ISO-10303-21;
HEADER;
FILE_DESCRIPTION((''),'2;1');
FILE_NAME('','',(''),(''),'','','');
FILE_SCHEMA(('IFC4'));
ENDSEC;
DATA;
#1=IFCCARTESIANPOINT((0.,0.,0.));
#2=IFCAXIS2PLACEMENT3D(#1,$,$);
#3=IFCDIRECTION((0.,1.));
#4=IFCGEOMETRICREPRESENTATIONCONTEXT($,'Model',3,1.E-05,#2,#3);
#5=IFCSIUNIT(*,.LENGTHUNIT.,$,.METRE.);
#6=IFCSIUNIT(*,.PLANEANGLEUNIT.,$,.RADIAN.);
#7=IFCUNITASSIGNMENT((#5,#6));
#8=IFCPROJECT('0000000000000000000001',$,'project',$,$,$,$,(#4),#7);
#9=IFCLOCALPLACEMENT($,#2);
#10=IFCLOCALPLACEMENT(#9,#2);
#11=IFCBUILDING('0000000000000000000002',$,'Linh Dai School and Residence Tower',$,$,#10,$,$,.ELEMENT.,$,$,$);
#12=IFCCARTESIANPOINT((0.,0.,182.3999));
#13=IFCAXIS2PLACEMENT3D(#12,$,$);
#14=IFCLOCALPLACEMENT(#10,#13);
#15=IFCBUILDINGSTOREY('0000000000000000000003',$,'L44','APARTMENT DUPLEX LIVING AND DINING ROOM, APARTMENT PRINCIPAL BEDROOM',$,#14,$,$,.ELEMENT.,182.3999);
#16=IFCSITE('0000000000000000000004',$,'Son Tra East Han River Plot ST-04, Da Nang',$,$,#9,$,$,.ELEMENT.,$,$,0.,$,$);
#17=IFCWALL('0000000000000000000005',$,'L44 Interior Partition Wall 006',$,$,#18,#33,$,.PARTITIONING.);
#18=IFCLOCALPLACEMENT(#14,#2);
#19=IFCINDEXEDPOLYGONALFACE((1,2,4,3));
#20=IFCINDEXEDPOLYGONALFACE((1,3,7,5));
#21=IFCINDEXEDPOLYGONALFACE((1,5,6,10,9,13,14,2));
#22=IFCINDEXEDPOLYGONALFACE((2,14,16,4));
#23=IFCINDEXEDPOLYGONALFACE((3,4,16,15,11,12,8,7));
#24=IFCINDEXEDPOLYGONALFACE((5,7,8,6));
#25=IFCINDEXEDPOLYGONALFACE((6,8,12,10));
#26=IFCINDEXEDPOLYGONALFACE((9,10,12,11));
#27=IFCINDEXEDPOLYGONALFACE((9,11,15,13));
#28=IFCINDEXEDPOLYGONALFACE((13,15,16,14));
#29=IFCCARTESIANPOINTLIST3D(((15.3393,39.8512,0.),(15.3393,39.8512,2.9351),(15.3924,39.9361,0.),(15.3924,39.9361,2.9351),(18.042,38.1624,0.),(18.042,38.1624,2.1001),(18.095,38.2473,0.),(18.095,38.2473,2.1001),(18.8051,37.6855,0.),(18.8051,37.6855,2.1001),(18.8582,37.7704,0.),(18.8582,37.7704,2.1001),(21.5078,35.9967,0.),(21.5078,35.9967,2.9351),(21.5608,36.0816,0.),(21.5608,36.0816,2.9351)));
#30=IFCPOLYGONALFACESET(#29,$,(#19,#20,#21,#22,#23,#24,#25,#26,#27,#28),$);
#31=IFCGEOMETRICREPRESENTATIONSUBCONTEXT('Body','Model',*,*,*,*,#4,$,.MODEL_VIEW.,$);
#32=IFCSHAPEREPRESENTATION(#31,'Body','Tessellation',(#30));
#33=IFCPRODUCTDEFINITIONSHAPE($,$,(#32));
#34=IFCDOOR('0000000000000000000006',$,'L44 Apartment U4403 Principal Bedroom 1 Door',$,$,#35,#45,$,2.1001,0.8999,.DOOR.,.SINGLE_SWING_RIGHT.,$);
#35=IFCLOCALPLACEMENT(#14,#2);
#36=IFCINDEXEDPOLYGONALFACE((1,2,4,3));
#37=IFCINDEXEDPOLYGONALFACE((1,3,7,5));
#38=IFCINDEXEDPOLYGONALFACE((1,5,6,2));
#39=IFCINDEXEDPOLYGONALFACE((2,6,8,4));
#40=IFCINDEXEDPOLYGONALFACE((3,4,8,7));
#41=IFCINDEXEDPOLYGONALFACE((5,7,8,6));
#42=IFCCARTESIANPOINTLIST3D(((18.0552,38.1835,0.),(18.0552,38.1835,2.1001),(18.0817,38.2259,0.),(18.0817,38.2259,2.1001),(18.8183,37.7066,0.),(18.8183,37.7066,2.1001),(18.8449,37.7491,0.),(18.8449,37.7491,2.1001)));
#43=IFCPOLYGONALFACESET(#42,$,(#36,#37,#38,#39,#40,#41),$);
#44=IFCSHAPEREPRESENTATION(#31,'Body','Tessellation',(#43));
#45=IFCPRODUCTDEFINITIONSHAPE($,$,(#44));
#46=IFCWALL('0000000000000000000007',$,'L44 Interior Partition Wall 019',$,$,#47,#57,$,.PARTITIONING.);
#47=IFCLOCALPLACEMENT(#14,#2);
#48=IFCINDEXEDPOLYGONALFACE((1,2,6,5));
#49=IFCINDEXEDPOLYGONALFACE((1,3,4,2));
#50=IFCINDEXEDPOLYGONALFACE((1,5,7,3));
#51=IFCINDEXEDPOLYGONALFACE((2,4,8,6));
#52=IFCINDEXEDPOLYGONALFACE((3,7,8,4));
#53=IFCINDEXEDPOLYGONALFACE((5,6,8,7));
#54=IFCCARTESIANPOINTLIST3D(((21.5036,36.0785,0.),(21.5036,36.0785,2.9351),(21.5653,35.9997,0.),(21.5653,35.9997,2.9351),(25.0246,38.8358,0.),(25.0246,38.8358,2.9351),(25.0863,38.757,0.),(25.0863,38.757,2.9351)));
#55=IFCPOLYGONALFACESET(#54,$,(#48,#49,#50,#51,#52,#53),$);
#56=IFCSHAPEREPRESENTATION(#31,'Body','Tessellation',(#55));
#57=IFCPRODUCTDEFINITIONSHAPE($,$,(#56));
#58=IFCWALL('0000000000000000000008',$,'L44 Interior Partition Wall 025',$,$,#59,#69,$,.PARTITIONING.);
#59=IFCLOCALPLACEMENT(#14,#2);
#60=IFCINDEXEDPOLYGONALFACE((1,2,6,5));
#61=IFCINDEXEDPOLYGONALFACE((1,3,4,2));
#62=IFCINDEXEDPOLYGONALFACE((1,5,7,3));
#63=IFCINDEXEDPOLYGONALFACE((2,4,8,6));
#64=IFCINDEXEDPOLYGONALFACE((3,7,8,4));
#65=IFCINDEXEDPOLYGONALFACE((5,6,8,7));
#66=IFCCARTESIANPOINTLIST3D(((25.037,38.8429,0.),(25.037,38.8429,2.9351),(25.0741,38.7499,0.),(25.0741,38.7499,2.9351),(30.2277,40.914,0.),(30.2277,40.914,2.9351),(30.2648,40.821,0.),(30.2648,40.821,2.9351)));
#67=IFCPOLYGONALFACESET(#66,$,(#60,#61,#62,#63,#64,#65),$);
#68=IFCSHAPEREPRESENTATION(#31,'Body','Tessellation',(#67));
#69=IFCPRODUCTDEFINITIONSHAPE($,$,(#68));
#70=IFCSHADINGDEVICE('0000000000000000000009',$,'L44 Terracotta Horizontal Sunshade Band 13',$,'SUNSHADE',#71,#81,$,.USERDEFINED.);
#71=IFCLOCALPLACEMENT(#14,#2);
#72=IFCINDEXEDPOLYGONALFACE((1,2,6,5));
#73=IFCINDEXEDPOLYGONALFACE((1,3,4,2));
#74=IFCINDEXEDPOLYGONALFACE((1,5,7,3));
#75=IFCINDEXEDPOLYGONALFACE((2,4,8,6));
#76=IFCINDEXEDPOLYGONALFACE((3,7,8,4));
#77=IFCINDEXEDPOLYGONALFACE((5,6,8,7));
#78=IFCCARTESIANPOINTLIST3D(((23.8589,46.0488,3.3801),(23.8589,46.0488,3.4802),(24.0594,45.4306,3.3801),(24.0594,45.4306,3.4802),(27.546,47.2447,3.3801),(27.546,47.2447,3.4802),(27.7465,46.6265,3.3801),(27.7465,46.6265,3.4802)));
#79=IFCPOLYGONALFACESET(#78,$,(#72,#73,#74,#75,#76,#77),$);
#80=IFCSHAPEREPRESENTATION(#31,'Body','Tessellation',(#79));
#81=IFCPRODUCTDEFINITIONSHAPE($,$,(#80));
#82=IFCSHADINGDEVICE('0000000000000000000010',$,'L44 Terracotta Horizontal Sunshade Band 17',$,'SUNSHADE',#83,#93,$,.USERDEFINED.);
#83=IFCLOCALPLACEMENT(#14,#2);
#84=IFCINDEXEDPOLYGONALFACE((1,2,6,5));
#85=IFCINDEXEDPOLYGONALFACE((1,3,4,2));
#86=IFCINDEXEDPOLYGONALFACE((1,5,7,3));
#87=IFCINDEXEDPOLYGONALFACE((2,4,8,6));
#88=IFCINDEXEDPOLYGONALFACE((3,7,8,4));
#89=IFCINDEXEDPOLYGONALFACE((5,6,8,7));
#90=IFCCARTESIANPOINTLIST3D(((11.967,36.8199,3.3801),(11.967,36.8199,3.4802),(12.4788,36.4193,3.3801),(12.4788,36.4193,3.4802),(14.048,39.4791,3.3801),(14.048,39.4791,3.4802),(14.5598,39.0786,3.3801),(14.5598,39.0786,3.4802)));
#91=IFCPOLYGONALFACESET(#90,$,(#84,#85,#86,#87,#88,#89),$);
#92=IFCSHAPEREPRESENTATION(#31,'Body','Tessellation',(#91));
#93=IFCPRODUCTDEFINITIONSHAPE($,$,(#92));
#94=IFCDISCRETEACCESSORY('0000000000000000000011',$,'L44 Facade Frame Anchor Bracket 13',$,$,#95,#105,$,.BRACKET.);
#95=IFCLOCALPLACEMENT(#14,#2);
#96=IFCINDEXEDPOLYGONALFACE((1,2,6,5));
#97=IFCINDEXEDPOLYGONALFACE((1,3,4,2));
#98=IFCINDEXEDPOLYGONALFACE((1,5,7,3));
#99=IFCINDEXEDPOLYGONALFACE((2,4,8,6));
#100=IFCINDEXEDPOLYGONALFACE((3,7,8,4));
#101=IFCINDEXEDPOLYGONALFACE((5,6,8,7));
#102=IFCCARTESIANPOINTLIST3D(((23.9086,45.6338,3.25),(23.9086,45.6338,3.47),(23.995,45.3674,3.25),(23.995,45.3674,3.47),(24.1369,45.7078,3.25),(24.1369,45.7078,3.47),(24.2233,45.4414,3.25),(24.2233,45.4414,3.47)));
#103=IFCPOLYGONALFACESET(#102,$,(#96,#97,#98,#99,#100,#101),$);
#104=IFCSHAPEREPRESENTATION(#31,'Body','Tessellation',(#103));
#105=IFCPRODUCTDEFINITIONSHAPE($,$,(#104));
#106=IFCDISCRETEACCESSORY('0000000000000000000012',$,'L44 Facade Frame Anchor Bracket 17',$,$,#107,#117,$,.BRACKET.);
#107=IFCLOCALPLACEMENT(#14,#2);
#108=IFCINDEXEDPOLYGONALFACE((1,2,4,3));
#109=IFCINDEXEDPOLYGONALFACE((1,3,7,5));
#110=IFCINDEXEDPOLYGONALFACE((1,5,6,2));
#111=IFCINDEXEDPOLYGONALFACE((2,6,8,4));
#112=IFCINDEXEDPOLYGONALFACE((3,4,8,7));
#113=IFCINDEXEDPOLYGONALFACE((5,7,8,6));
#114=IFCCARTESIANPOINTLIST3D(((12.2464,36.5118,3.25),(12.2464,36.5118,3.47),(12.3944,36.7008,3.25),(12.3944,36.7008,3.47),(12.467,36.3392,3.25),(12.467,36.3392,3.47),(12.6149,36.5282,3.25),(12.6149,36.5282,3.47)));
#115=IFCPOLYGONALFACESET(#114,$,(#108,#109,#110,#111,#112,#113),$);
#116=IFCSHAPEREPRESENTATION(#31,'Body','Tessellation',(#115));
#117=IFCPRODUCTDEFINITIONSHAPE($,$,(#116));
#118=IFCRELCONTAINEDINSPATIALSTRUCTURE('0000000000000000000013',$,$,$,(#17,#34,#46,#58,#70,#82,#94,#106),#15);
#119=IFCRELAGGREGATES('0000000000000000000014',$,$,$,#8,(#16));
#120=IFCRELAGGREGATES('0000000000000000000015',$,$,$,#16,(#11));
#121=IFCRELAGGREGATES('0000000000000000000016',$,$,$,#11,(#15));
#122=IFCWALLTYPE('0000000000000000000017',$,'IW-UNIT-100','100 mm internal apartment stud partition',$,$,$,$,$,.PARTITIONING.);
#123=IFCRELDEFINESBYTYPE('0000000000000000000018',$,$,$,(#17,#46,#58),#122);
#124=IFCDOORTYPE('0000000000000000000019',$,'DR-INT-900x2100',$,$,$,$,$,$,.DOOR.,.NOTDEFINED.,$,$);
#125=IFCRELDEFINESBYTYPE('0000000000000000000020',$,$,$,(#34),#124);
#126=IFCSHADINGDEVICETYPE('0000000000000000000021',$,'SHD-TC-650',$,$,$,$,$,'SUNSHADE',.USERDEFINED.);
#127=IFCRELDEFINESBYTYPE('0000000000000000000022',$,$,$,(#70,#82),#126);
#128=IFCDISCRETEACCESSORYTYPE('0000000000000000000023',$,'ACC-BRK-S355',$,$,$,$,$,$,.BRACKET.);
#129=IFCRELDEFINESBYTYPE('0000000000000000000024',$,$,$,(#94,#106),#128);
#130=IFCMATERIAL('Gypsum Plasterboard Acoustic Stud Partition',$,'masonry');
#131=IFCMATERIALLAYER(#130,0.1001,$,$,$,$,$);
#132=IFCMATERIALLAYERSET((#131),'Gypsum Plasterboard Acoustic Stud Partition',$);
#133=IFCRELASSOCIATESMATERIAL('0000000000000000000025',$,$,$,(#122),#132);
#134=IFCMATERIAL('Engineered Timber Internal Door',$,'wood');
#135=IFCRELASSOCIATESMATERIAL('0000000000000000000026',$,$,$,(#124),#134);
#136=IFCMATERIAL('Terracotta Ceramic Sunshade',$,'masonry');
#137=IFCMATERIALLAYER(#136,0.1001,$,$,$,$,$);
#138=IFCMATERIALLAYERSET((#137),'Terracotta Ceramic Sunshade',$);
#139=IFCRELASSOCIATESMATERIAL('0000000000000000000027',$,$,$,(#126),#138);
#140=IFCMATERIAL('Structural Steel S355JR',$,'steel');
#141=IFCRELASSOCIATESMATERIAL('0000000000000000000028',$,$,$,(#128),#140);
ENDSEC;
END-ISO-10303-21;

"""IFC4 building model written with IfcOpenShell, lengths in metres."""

from ifc_helpers import new_model, si_unit, direction, frame, frame_2d, origin, origin_2d, place, context, subcontext, project, spatial, rectangle, extrude, source, transform, mapped, material, layer, layer_set, type_object, element, fill, save


model = new_model("IFC4")

# Units and contexts
model_context = context("Model", 3, precision=1e-05, world=origin(), true_north=direction((0.0, 1.0)))
body_context = subcontext(model_context, "Body", "Model", "MODEL_VIEW")
ifc_project = project(units=[si_unit("LENGTHUNIT", "METRE"), si_unit("PLANEANGLEUNIT", "RADIAN")], contexts=[model_context])

# Site, building, storey
site_placement = place(None, origin())
site = spatial("IfcSite", under=ifc_project, at=site_placement, Name="Son Tra East Han River Plot ST-04, Da Nang", CompositionType="ELEMENT", RefElevation=0.0)
building_placement = place(site_placement, origin())
building = spatial("IfcBuilding", under=site, at=building_placement, Name="Linh Dai School and Residence Tower", CompositionType="ELEMENT")
storey_placement = place(building_placement, frame((0.0, 0.0, 182.3999)))
storey = spatial("IfcBuildingStorey", under=building, at=storey_placement, Name="L44", Description="APARTMENT DUPLEX LIVING AND DINING ROOM, APARTMENT PRINCIPAL BEDROOM", CompositionType="ELEMENT", Elevation=182.3999)

# Shared definitions
ifc_material_1 = material(Name="Structural Steel S355JR", Category="steel")

# Wall, opening, door
ifc_material_2 = material(Name="Gypsum Plasterboard Acoustic Stud Partition", Category="masonry")
ifc_layer_1 = layer(ifc_material_2, 0.1001)
ifc_layer_set_1 = layer_set([ifc_layer_1], Name="Gypsum Plasterboard Acoustic Stud Partition")
wall_type_1 = type_object("IfcWallType", Name="IW-UNIT-100", Description="100 mm internal apartment stud partition", PredefinedType="PARTITIONING", material=ifc_layer_set_1)
wall_1_placement = place(storey_placement, frame((15.366, 39.8936, 0.0), z_axis=(0.0, 0.0, 1.0), x_axis=(0.848047, -0.52992, 0.0)))
wall_1 = element("IfcWall", 1, at=wall_1_placement, inside=storey, type_object=wall_type_1, Name="L44 Interior Partition Wall 006", PredefinedType="PARTITIONING", context=body_context, shape_type="SweptSolid", body=[
    extrude(rectangle(XDim=7.2737, YDim=0.1001, at=frame_2d((3.6367, 0.0))), origin(), (0.0, 0.0, 1.0), 2.9351),
])
opening_1_placement = place(wall_1_placement, frame((3.1868, 0.0, 0.0)))
opening_1 = element("IfcOpeningElement", 2, at=opening_1_placement, cuts=wall_1, PredefinedType="OPENING", context=body_context, shape_type="SweptSolid", body=[
    extrude(rectangle(XDim=0.8999, YDim=2.1001, at=origin_2d()), frame((0.45, 0.0601, 1.05), z_axis=(0.0, -1.0, 0.0), x_axis=(1.0, 0.0, 0.0)), (0.0, 0.0, 1.0), 0.1201),
])
ifc_material_3 = material(Name="Engineered Timber Internal Door", Category="wood")
door_type_1 = type_object("IfcDoorType", Name="DR-INT-900x2100", OperationType="NOTDEFINED", PredefinedType="DOOR", material=ifc_material_3)
shared_shape_1 = source(origin(), body_context, "Body", "SweptSolid", [
    extrude(rectangle(XDim=0.8999, YDim=2.1001, at=origin_2d()), frame((0.45, 0.0249, 1.05), z_axis=(0.0, -1.0, 0.0), x_axis=(1.0, 0.0, 0.0)), (0.0, 0.0, 1.0), 0.05),
])
door_1_placement = place(opening_1_placement, origin())
door_1 = element("IfcDoor", 3, at=door_1_placement, inside=storey, type_object=door_type_1, Name="L44 Apartment U4403 Principal Bedroom 1 Door", OperationType="SINGLE_SWING_RIGHT", OverallHeight=2.1001, OverallWidth=0.8999, PredefinedType="DOOR", context=body_context, shape_type="MappedRepresentation", body=[
    mapped(shared_shape_1, transform((0.0, 0.0, 0.0), x_axis=(1.0, 0.0, 0.0), y_axis=(0.0, 1.0, 0.0), z_axis=(0.0, 0.0, 1.0), scale=1.0)),
])
fill(opening_1, door_1)

# Walls
wall_2_placement = place(storey_placement, frame((21.5344, 36.0391, 0.0), z_axis=(0.0, 0.0, 1.0), x_axis=(0.787314, 0.616553, 0.0)))
element("IfcWall", 4, at=wall_2_placement, inside=storey, type_object=wall_type_1, Name="L44 Interior Partition Wall 019", PredefinedType="PARTITIONING", context=body_context, shape_type="SweptSolid", body=[
    extrude(rectangle(XDim=4.4722, YDim=0.1001, at=frame_2d((2.2361, 0.0))), origin(), (0.0, 0.0, 1.0), 2.9351),
])
wall_3_placement = place(storey_placement, frame((25.0554, 38.7964, 0.0), z_axis=(0.0, 0.0, 1.0), x_axis=(0.928799, 0.370585, 0.0)))
element("IfcWall", 5, at=wall_3_placement, inside=storey, type_object=wall_type_1, Name="L44 Interior Partition Wall 025", PredefinedType="PARTITIONING", context=body_context, shape_type="SweptSolid", body=[
    extrude(rectangle(XDim=5.5886, YDim=0.1001, at=frame_2d((2.7944, 0.0))), origin(), (0.0, 0.0, 1.0), 2.9351),
])

# Shading devices
ifc_material_4 = material(Name="Terracotta Ceramic Sunshade", Category="masonry")
ifc_layer_2 = layer(ifc_material_4, 0.1001)
ifc_layer_set_2 = layer_set([ifc_layer_2], Name="Terracotta Ceramic Sunshade")
shading_device_type = type_object("IfcShadingDeviceType", Name="SHD-TC-650", ElementType="SUNSHADE", PredefinedType="USERDEFINED", material=ifc_layer_set_2)
shared_shape_2 = source(origin(), body_context, "Body", "SweptSolid", [
    extrude(rectangle(XDim=3.8762, YDim=0.6499, at=origin_2d()), origin(), (0.0, 0.0, 1.0), 0.1001),
])
shading_device_1_placement = place(storey_placement, frame((25.8027, 46.3376, 3.3801), z_axis=(0.0, 0.0, 1.0), x_axis=(0.951213, 0.308536, 0.0)))
element("IfcShadingDevice", 6, at=shading_device_1_placement, inside=storey, type_object=shading_device_type, Name="L44 Terracotta Horizontal Sunshade Band 13", ObjectType="SUNSHADE", PredefinedType="USERDEFINED", context=body_context, shape_type="MappedRepresentation", body=[
    mapped(shared_shape_2, transform((0.0, 0.0, 0.0), x_axis=(1.0, 0.0, 0.0), y_axis=(0.0, 1.0, 0.0), z_axis=(0.0, 0.0, 1.0), scale=1.0)),
])
shared_shape_3 = source(origin(), body_context, "Body", "SweptSolid", [
    extrude(rectangle(XDim=3.3767, YDim=0.6499, at=origin_2d()), origin(), (0.0, 0.0, 1.0), 0.1001),
])
shading_device_2_placement = place(storey_placement, frame((13.2634, 37.9492, 3.3801), z_axis=(0.0, 0.0, 1.0), x_axis=(0.616286, 0.787522, 0.0)))
element("IfcShadingDevice", 7, at=shading_device_2_placement, inside=storey, type_object=shading_device_type, Name="L44 Terracotta Horizontal Sunshade Band 17", ObjectType="SUNSHADE", PredefinedType="USERDEFINED", context=body_context, shape_type="MappedRepresentation", body=[
    mapped(shared_shape_3, transform((0.0, 0.0, 0.0), x_axis=(1.0, 0.0, 0.0), y_axis=(0.0, 1.0, 0.0), z_axis=(0.0, 0.0, 1.0), scale=1.0)),
])

# Discrete accessories
discrete_accessory_type = type_object("IfcDiscreteAccessoryType", Name="ACC-BRK-S355", PredefinedType="BRACKET", material=ifc_material_1)
shared_shape_4 = source(origin(), body_context, "Body", "SweptSolid", [
    extrude(rectangle(XDim=0.28, YDim=0.24, at=origin_2d()), origin(), (0.0, 0.0, 1.0), 0.22),
])
for number, where, z_axis, x_axis, name in (
    (8, (24.0659, 45.5376, 3.25), (0.0, 0.0, 1.0), (-0.308536, 0.951213, 0.0), "L44 Facade Frame Anchor Bracket 13"),
    (9, (12.4307, 36.52, 3.25), (0.0, 0.0, 1.0), (-0.787522, 0.616286, 0.0), "L44 Facade Frame Anchor Bracket 17"),
):
    element("IfcDiscreteAccessory", number, at=place(storey_placement, frame(where, z_axis=z_axis, x_axis=x_axis)), inside=storey, type_object=discrete_accessory_type, Name=name, PredefinedType="BRACKET", context=body_context, shape_type="MappedRepresentation", body=[
        mapped(shared_shape_4, transform((0.0, 0.0, 0.0), x_axis=(1.0, 0.0, 0.0), y_axis=(0.0, 1.0, 0.0), z_axis=(0.0, 0.0, 1.0), scale=1.0)),
    ])

save(model, "model.ifc")
